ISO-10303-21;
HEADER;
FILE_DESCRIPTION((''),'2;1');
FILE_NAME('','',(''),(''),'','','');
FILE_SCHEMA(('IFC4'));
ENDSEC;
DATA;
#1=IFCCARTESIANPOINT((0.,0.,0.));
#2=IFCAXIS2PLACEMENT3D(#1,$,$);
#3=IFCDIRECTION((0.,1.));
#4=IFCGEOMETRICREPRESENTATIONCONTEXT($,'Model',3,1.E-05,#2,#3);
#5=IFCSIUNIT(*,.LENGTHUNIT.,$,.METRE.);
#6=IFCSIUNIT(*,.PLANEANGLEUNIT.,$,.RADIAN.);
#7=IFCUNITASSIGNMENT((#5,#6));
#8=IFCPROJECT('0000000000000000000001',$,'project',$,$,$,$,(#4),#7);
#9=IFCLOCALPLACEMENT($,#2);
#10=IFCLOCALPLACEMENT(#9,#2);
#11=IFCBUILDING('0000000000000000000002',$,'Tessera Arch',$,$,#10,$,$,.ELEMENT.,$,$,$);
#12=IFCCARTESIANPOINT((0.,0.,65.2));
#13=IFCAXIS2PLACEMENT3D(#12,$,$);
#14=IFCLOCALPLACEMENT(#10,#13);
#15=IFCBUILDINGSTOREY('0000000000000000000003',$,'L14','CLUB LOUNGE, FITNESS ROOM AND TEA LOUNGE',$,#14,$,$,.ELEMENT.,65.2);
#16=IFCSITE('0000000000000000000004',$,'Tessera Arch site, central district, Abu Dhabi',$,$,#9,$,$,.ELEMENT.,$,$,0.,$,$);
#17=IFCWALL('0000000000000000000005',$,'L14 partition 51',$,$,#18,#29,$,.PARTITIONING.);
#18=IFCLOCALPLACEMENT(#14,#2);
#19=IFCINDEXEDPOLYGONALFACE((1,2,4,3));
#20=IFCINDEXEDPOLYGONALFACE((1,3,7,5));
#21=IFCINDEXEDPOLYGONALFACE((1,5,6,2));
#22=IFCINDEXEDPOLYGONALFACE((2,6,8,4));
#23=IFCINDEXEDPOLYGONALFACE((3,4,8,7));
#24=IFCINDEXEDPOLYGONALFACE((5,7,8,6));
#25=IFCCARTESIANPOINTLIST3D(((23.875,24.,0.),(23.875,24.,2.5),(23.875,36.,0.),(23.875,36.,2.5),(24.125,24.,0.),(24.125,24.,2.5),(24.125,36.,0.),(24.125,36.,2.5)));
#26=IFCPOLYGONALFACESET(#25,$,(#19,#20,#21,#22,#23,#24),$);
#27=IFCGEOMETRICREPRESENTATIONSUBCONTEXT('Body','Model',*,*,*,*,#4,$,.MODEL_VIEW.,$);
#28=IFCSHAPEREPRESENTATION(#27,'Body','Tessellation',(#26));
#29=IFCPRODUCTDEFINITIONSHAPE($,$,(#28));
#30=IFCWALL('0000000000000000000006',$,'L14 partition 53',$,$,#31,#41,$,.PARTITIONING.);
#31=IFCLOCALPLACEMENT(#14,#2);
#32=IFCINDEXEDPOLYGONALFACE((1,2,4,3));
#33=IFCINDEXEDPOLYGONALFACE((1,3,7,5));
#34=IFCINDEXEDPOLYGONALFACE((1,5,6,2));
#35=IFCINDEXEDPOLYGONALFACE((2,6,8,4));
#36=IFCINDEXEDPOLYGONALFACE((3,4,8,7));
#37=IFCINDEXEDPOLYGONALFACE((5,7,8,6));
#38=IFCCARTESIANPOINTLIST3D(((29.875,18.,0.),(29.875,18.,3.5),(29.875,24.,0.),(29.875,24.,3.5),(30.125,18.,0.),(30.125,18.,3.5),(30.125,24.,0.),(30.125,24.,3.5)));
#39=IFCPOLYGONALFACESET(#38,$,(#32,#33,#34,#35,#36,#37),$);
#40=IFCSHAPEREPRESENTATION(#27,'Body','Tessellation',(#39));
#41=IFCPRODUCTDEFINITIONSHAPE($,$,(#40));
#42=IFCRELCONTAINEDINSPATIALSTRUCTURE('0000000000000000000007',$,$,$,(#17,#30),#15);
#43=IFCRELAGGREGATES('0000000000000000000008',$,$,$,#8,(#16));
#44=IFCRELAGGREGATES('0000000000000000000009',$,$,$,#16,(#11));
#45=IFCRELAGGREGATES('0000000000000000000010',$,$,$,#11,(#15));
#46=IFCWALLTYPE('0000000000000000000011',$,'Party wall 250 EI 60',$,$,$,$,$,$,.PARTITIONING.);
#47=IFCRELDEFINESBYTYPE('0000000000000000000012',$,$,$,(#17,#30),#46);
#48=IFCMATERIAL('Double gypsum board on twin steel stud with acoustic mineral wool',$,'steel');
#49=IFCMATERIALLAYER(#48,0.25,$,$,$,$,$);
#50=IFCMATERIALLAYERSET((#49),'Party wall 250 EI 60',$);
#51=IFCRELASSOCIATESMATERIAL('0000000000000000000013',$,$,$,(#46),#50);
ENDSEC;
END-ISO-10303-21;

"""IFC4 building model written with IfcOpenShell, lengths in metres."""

from ifc_helpers import new_model, si_unit, direction, frame, frame_2d, origin, place, context, subcontext, project, spatial, rectangle, extrude, material, layer, layer_set, type_object, element, save


model = new_model("IFC4")

# Units and contexts
model_context = context("Model", 3, precision=1e-05, world=origin(), true_north=direction((0.0, 1.0)))
body_context = subcontext(model_context, "Body", "Model", "MODEL_VIEW")
ifc_project = project(units=[si_unit("LENGTHUNIT", "METRE"), si_unit("PLANEANGLEUNIT", "RADIAN")], contexts=[model_context])

# Site, building, storey
site_placement = place(None, origin())
site = spatial("IfcSite", under=ifc_project, at=site_placement, Name="Tessera Arch site, central district, Abu Dhabi", CompositionType="ELEMENT", RefElevation=0.0)
building_placement = place(site_placement, origin())
building = spatial("IfcBuilding", under=site, at=building_placement, Name="Tessera Arch", CompositionType="ELEMENT")
storey_placement = place(building_placement, frame((0.0, 0.0, 65.2)))
storey = spatial("IfcBuildingStorey", under=building, at=storey_placement, Name="L14", Description="CLUB LOUNGE, FITNESS ROOM AND TEA LOUNGE", CompositionType="ELEMENT", Elevation=65.2)

# Walls
ifc_material_1 = material(Name="Double gypsum board on twin steel stud with acoustic mineral wool", Category="steel")
ifc_layer_1 = layer(ifc_material_1, 0.25)
ifc_layer_set_1 = layer_set([ifc_layer_1], Name="Party wall 250 EI 60")
wall_type_1 = type_object("IfcWallType", Name="Party wall 250 EI 60", PredefinedType="PARTITIONING", material=ifc_layer_set_1)
wall_1_placement = place(storey_placement, frame((24.0, 24.0, 0.0), z_axis=(0.0, 0.0, 1.0), x_axis=(0.0, 1.0, 0.0)))
element("IfcWall", 1, at=wall_1_placement, inside=storey, type_object=wall_type_1, Name="L14 partition 51", PredefinedType="PARTITIONING", context=body_context, shape_type="SweptSolid", body=[
    extrude(rectangle(XDim=12.0, YDim=0.25, at=frame_2d((6.0, 0.0))), origin(), (0.0, 0.0, 1.0), 2.5),
])
wall_2_placement = place(storey_placement, frame((30.0, 18.0, 0.0), z_axis=(0.0, 0.0, 1.0), x_axis=(0.0, 1.0, 0.0)))
element("IfcWall", 2, at=wall_2_placement, inside=storey, type_object=wall_type_1, Name="L14 partition 53", PredefinedType="PARTITIONING", context=body_context, shape_type="SweptSolid", body=[
    extrude(rectangle(XDim=6.0, YDim=0.25, at=frame_2d((3.0, 0.0))), origin(), (0.0, 0.0, 1.0), 3.5),
])

save(model, "model.ifc")
